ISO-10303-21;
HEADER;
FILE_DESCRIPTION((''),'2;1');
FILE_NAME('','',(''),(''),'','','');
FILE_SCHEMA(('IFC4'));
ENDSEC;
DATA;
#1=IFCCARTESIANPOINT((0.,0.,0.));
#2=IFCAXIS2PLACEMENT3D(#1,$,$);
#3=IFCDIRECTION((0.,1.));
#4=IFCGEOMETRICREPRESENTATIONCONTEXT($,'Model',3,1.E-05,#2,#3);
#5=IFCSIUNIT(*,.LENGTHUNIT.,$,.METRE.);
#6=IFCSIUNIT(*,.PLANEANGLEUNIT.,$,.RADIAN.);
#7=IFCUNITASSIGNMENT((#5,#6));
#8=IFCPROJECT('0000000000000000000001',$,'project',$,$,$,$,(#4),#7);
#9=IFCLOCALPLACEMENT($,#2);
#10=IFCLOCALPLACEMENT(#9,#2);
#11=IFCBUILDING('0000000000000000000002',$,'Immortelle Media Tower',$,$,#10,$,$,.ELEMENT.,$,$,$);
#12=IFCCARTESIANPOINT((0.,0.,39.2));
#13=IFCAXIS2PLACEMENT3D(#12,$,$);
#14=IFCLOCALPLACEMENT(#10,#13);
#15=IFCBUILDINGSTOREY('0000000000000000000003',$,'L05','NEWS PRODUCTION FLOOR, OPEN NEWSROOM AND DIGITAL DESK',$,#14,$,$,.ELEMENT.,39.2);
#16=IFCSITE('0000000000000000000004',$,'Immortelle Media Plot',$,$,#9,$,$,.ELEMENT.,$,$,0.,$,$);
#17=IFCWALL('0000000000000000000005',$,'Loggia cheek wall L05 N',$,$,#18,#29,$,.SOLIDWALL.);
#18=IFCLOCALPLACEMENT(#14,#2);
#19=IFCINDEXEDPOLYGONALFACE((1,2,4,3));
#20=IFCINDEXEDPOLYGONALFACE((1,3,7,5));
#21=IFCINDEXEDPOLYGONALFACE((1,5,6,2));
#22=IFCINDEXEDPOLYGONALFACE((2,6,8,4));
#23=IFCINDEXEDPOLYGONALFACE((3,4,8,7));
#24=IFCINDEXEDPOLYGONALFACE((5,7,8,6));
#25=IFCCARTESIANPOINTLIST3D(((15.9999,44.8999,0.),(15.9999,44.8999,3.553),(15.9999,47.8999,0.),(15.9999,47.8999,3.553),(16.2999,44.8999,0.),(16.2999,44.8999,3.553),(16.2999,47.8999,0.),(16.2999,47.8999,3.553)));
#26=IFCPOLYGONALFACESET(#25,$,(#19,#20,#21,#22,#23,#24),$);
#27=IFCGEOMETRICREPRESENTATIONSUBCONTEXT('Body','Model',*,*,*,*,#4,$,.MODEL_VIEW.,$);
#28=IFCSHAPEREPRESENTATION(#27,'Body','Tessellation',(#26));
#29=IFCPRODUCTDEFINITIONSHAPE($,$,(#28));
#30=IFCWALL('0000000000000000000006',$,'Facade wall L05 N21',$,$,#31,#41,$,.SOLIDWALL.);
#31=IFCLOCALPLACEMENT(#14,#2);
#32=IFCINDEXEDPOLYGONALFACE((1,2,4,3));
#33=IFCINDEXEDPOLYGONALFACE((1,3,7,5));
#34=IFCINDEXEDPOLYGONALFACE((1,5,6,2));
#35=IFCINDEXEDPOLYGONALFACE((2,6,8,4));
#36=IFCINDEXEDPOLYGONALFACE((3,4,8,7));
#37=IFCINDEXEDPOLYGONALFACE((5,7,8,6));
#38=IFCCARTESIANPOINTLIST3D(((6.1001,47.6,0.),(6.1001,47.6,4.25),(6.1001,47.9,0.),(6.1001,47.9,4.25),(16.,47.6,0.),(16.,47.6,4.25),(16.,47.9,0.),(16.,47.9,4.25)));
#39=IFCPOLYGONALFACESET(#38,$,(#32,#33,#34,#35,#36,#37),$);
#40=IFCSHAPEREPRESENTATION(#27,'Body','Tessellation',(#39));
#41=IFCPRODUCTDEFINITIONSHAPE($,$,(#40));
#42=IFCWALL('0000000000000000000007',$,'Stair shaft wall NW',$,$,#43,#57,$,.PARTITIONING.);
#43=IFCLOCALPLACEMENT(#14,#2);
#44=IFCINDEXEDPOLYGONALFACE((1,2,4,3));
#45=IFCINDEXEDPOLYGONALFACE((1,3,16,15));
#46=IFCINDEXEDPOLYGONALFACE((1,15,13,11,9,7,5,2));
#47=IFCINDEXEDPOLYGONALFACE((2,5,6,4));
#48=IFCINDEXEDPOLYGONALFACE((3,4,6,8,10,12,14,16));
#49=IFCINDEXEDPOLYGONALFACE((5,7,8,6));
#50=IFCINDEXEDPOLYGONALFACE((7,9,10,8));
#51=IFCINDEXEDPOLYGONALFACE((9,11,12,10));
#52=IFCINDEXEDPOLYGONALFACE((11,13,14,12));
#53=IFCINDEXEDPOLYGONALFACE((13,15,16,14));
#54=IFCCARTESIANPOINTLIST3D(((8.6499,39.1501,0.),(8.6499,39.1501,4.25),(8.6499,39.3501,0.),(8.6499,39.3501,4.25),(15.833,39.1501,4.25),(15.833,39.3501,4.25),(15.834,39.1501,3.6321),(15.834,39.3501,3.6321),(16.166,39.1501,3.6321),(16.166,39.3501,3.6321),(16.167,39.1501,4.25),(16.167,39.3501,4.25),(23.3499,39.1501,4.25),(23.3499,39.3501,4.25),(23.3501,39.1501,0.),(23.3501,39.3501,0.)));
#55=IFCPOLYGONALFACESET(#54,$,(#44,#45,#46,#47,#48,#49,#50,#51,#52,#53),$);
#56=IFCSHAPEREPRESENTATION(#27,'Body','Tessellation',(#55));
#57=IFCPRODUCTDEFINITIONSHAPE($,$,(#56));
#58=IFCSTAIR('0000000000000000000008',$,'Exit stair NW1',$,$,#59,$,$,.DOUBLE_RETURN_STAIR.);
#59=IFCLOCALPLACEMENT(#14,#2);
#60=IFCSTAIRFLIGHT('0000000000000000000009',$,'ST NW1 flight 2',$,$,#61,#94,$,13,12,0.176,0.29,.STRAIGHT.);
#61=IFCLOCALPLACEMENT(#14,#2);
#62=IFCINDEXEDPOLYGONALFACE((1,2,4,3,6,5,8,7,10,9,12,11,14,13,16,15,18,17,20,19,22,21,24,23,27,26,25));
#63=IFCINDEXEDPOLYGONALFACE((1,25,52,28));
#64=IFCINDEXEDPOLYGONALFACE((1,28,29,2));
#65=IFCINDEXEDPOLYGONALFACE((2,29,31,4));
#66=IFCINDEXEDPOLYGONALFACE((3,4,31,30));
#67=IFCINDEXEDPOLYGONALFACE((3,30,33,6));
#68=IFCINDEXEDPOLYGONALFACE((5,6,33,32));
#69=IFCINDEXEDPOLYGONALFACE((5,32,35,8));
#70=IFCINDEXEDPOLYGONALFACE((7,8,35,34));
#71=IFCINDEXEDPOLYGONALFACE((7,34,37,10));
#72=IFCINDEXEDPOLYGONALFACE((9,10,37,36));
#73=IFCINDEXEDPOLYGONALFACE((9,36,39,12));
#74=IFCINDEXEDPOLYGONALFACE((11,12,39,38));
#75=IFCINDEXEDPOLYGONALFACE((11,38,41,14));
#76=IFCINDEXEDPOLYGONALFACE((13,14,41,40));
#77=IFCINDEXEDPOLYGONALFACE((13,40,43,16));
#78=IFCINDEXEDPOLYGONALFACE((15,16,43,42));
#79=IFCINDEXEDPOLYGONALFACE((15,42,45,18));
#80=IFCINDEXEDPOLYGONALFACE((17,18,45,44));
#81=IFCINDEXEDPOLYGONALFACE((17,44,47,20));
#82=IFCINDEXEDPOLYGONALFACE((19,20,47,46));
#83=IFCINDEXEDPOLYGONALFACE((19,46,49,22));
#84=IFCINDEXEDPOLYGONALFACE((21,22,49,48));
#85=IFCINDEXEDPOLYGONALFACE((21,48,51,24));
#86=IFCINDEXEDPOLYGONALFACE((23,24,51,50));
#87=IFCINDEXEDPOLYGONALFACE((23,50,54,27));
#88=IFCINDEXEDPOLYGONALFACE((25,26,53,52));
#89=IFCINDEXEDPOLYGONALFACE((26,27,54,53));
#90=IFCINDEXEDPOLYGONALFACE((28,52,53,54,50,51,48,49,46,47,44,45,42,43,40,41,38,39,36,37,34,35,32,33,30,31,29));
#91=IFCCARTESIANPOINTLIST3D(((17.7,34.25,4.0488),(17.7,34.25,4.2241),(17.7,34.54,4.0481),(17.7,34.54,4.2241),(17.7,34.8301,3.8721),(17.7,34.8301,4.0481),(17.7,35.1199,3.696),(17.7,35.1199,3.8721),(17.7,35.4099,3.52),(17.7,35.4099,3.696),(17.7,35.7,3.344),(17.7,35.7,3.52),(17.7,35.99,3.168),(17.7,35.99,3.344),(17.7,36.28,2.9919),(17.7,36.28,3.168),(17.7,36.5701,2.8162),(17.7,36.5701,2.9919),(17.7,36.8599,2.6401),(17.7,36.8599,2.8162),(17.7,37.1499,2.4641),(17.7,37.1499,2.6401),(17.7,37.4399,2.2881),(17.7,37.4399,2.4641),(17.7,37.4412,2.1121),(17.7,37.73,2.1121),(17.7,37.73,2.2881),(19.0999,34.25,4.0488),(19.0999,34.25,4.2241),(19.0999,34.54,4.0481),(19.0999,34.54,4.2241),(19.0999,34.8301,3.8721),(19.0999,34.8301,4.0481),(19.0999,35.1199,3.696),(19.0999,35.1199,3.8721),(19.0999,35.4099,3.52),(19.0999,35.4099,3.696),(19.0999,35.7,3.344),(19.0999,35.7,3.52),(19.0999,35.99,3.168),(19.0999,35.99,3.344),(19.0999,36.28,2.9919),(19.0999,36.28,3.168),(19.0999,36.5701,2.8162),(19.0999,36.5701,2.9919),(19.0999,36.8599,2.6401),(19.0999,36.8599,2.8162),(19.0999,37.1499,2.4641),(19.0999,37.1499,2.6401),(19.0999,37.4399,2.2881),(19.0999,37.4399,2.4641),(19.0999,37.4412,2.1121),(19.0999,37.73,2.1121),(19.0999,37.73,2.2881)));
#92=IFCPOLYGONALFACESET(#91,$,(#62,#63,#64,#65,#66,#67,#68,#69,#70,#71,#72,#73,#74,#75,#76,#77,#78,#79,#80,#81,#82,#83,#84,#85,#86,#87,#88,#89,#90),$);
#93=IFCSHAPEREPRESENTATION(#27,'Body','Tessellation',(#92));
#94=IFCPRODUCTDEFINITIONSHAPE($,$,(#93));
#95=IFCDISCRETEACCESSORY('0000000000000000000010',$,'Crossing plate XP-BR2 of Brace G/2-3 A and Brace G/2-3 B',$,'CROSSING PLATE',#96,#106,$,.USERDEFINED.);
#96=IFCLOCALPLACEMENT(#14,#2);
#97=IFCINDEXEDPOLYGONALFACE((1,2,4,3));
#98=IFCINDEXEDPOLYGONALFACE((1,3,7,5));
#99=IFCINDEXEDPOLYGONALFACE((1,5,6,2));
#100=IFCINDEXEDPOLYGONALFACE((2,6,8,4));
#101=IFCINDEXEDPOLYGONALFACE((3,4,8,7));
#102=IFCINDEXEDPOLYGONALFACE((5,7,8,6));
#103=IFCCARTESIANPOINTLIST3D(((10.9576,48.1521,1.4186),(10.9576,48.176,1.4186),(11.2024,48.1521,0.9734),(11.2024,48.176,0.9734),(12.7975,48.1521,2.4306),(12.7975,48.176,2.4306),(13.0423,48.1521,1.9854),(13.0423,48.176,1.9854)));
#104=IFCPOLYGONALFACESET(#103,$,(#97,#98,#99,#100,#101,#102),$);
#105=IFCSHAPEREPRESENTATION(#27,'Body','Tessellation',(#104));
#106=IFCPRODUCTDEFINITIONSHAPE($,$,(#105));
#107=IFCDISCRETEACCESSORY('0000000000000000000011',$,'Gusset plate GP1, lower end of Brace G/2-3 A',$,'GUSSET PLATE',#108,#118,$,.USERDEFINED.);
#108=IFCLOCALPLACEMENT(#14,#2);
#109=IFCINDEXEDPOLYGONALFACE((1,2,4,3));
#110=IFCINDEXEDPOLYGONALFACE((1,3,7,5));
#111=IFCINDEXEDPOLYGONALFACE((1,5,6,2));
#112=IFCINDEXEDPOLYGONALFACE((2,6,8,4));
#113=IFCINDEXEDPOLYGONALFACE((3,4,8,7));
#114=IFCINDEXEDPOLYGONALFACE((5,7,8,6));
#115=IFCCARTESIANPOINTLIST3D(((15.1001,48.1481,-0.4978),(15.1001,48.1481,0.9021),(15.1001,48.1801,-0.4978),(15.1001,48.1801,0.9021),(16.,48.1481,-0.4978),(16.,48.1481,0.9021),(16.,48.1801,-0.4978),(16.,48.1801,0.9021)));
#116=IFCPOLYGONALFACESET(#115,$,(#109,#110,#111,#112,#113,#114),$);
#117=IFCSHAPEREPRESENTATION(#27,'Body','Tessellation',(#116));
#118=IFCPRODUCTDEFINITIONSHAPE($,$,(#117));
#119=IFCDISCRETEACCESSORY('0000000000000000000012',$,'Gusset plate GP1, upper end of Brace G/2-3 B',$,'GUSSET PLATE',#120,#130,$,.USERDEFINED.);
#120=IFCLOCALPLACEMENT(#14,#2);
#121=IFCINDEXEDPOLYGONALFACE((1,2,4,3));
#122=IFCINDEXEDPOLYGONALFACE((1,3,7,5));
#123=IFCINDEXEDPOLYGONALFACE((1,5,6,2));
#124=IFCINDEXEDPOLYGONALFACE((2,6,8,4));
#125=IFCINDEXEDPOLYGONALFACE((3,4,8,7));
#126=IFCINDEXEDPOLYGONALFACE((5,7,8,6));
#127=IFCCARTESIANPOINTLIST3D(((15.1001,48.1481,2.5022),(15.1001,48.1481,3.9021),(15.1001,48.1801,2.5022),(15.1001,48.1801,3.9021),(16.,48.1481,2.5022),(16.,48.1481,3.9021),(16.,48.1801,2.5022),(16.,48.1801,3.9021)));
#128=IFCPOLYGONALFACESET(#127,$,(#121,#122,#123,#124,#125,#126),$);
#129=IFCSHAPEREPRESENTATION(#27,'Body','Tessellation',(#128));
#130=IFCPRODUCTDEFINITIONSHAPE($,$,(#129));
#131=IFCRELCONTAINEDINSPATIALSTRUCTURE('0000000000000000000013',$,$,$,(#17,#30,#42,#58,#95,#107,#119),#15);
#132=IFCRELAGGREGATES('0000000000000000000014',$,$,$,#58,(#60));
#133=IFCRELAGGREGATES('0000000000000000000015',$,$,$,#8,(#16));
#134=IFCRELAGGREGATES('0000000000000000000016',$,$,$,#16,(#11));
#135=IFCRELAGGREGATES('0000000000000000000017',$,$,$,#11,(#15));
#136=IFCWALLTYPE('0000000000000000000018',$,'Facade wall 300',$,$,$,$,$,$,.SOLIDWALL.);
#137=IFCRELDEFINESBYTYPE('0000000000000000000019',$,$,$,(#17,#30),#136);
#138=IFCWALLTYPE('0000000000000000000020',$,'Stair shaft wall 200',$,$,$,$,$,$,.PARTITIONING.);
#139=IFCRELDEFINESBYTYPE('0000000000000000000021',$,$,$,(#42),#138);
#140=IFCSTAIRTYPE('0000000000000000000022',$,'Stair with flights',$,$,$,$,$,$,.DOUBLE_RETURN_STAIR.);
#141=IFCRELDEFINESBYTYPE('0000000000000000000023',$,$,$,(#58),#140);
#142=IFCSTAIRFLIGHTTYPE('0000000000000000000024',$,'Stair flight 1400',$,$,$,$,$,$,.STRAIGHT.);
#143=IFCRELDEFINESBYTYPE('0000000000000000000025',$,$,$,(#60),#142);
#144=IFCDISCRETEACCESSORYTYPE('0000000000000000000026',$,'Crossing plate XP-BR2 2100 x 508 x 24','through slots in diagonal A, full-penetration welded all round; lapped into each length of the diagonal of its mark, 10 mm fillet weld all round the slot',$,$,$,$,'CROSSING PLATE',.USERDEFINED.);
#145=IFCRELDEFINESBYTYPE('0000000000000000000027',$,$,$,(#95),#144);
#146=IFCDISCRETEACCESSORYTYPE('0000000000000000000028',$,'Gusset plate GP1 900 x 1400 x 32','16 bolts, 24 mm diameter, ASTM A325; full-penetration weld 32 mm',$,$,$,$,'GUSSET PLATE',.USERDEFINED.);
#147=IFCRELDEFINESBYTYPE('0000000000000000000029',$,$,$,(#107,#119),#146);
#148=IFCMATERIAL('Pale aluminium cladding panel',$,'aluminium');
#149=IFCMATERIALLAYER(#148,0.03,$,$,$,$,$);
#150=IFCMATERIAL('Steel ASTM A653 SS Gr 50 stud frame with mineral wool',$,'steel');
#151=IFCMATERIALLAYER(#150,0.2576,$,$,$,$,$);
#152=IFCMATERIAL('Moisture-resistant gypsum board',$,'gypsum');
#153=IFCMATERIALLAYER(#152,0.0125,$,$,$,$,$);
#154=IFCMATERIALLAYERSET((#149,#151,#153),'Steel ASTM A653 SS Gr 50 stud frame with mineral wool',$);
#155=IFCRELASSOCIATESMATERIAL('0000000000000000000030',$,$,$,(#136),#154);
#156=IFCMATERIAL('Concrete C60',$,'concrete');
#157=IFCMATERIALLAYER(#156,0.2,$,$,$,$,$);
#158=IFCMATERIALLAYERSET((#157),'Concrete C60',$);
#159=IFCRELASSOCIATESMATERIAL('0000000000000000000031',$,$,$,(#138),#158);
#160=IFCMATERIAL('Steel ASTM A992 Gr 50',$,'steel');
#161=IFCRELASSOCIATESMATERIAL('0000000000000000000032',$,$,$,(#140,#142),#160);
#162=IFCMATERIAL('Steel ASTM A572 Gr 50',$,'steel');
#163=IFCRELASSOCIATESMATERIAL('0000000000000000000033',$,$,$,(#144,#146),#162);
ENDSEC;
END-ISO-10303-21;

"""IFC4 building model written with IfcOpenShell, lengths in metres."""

from ifc_helpers import new_model, si_unit, direction, frame, frame_2d, origin, origin_2d, place, context, subcontext, project, spatial, polyline, rectangle, outline, extrude, material, layer, layer_set, material_profile, profile_set, type_object, element, aggregate, save


model = new_model("IFC4")

# Units and contexts
model_context = context("Model", 3, precision=1e-05, world=origin(), true_north=direction((0.0, 1.0)))
body_context = subcontext(model_context, "Body", "Model", "MODEL_VIEW")
ifc_project = project(units=[si_unit("LENGTHUNIT", "METRE"), si_unit("PLANEANGLEUNIT", "RADIAN")], contexts=[model_context])

# Site, building, storey
site_placement = place(None, origin())
site = spatial("IfcSite", under=ifc_project, at=site_placement, Name="Immortelle Media Plot", CompositionType="ELEMENT", RefElevation=0.0)
building_placement = place(site_placement, origin())
building = spatial("IfcBuilding", under=site, at=building_placement, Name="Immortelle Media Tower", CompositionType="ELEMENT")
storey_placement = place(building_placement, frame((0.0, 0.0, 39.2)))
storey = spatial("IfcBuildingStorey", under=building, at=storey_placement, Name="L05", Description="NEWS PRODUCTION FLOOR, OPEN NEWSROOM AND DIGITAL DESK", CompositionType="ELEMENT", Elevation=39.2)

# Shared definitions
ifc_material_1 = material(Name="Steel ASTM A992 Gr 50", Category="steel")

# Walls
ifc_material_2 = material(Name="Pale aluminium cladding panel", Category="aluminium")
ifc_layer_1 = layer(ifc_material_2, 0.03)
ifc_material_3 = material(Name="Steel ASTM A653 SS Gr 50 stud frame with mineral wool", Category="steel")
ifc_layer_2 = layer(ifc_material_3, 0.2576)
ifc_material_4 = material(Name="Moisture-resistant gypsum board", Category="gypsum")
ifc_layer_3 = layer(ifc_material_4, 0.0125)
ifc_layer_set_1 = layer_set([ifc_layer_1, ifc_layer_2, ifc_layer_3], Name="Steel ASTM A653 SS Gr 50 stud frame with mineral wool")
wall_type_1 = type_object("IfcWallType", Name="Facade wall 300", PredefinedType="SOLIDWALL", material=ifc_layer_set_1)
wall_1_placement = place(storey_placement, frame((16.1499, 47.8999, 0.0), z_axis=(0.0, 0.0, 1.0), x_axis=(0.0, -1.0, 0.0)))
element("IfcWall", 1, at=wall_1_placement, inside=storey, type_object=wall_type_1, Name="Loggia cheek wall L05 N", PredefinedType="SOLIDWALL", context=body_context, shape_type="SweptSolid", body=[
    extrude(rectangle(XDim=3.0, YDim=0.3, at=frame_2d((1.5, 0.0))), origin(), (0.0, 0.0, 1.0), 3.553),
])
wall_2_placement = place(storey_placement, frame((16.0, 47.75, 0.0), z_axis=(0.0, 0.0, 1.0), x_axis=(-1.0, 0.0, 0.0)))
element("IfcWall", 2, at=wall_2_placement, inside=storey, type_object=wall_type_1, Name="Facade wall L05 N21", PredefinedType="SOLIDWALL", context=body_context, shape_type="SweptSolid", body=[
    extrude(rectangle(XDim=9.8999, YDim=0.3, at=frame_2d((4.95, 0.0))), origin(), (0.0, 0.0, 1.0), 4.25),
])
ifc_material_5 = material(Name="Concrete C60", Category="concrete")
ifc_layer_4 = layer(ifc_material_5, 0.2)
ifc_layer_set_2 = layer_set([ifc_layer_4], Name="Concrete C60")
wall_type_2 = type_object("IfcWallType", Name="Stair shaft wall 200", PredefinedType="PARTITIONING", material=ifc_layer_set_2)
wall_3_placement = place(storey_placement, frame((8.6499, 39.25, 0.0), z_axis=(0.0, 0.0, 1.0), x_axis=(1.0, 0.0, 0.0)))
element("IfcWall", 3, at=wall_3_placement, inside=storey, type_object=wall_type_2, Name="Stair shaft wall NW", PredefinedType="PARTITIONING", context=body_context, shape_type="SweptSolid", body=[
    extrude(outline(polyline([(0.0, 0.0), (14.7002, 0.0), (14.7, 4.25), (7.5171, 4.25), (7.5161, 3.6321), (7.1841, 3.6321), (7.1831, 4.25), (0.0, 4.25), (0.0, 0.0)])), frame((0.0, 0.1001, 0.0), z_axis=(0.0, -1.0, 0.0), x_axis=(1.0, 0.0, 0.0)), (0.0, 0.0, 1.0), 0.2),
])

# Stair, stair flight
stair_type = type_object("IfcStairType", Name="Stair with flights", PredefinedType="DOUBLE_RETURN_STAIR", material=ifc_material_1)
stair_placement = place(storey_placement, origin())
stair = element("IfcStair", 4, at=stair_placement, inside=storey, type_object=stair_type, Name="Exit stair NW1", PredefinedType="DOUBLE_RETURN_STAIR")
stair_flight_type = type_object("IfcStairFlightType", Name="Stair flight 1400", PredefinedType="STRAIGHT", material=ifc_material_1)
stair_flight_placement = place(storey_placement, frame((18.3999, 37.73, 2.1121), z_axis=(0.0, 0.0, 1.0), x_axis=(0.0, -1.0, 0.0)))
stair_flight = element("IfcStairFlight", 5, at=stair_flight_placement, type_object=stair_flight_type, Name="ST NW1 flight 2", NumberOfRisers=13, NumberOfTreads=12, PredefinedType="STRAIGHT", RiserHeight=0.176, TreadLength=0.29, context=body_context, shape_type="SweptSolid", body=[
    extrude(outline(polyline([(0.0, 0.0), (0.0, 0.176), (0.29, 0.176), (0.29, 0.3521), (0.5801, 0.3521), (0.5801, 0.5281), (0.8701, 0.5281), (0.8701, 0.7041), (1.1599, 0.7041), (1.1599, 0.8799), (1.45, 0.8799), (1.45, 1.0559), (1.74, 1.0559), (1.74, 1.2319), (2.03, 1.2319), (2.03, 1.408), (2.3201, 1.408), (2.3201, 1.584), (2.6101, 1.584), (2.6101, 1.76), (2.8999, 1.76), (2.8999, 1.936), (3.1899, 1.936), (3.1899, 2.1121), (3.48, 2.1121), (3.48, 2.2881), (3.48, 1.9368), (0.2888, 0.0), (0.0, 0.0)])), frame((0.0, 0.7, 0.0), z_axis=(0.0, -1.0, 0.0), x_axis=(1.0, 0.0, 0.0)), (0.0, 0.0, 1.0), 1.3999),
])
aggregate(stair, [stair_flight])

# Discrete accessories
ifc_material_6 = material(Name="Steel ASTM A572 Gr 50", Category="steel")
ifc_material_profile_1 = material_profile(ifc_material_6, rectangle(XDim=0.0239, YDim=0.5081, at=origin_2d()), Name="PL 24 x 508")
ifc_profile_set_1 = profile_set([ifc_material_profile_1], Name="Steel ASTM A572 Gr 50")
discrete_accessory_type_1 = type_object("IfcDiscreteAccessoryType", Name="Crossing plate XP-BR2 2100 x 508 x 24", Description="through slots in diagonal A, full-penetration welded all round; lapped into each length of the diagonal of its mark, 10 mm fillet weld all round the slot", ElementType="CROSSING PLATE", PredefinedType="USERDEFINED", material=ifc_profile_set_1)
discrete_accessory_placement = place(storey_placement, frame((12.9199, 48.1641, 2.208), z_axis=(-0.876206, 0.0, -0.481937), x_axis=(0.0, -1.0, 0.0)))
element("IfcDiscreteAccessory", 6, at=discrete_accessory_placement, inside=storey, type_object=discrete_accessory_type_1, Name="Crossing plate XP-BR2 of Brace G/2-3 A and Brace G/2-3 B", ObjectType="CROSSING PLATE", PredefinedType="USERDEFINED", context=body_context, shape_type="SweptSolid", body=[
    extrude(rectangle(XDim=0.0239, YDim=0.5081, at=origin_2d()), origin(), (0.0, 0.0, 1.0), 2.0999),
])
ifc_material_profile_2 = material_profile(ifc_material_6, rectangle(XDim=0.032, YDim=1.3999, at=origin_2d()), Name="PL 32 x 1400")
ifc_profile_set_2 = profile_set([ifc_material_profile_2], Name="Steel ASTM A572 Gr 50")
discrete_accessory_type_2 = type_object("IfcDiscreteAccessoryType", Name="Gusset plate GP1 900 x 1400 x 32", Description="16 bolts, 24 mm diameter, ASTM A325; full-penetration weld 32 mm", ElementType="GUSSET PLATE", PredefinedType="USERDEFINED", material=ifc_profile_set_2)
for number, where, z_axis, x_axis, name in (
    (7, (16.0, 48.1641, 0.2021), (-1.0, 0.0, 0.0), (0.0, -1.0, 0.0), "Gusset plate GP1, lower end of Brace G/2-3 A"),
    (8, (16.0, 48.1641, 3.2021), (-1.0, 0.0, 0.0), (0.0, -1.0, 0.0), "Gusset plate GP1, upper end of Brace G/2-3 B"),
):
    element("IfcDiscreteAccessory", number, at=place(storey_placement, frame(where, z_axis=z_axis, x_axis=x_axis)), inside=storey, type_object=discrete_accessory_type_2, Name=name, ObjectType="GUSSET PLATE", PredefinedType="USERDEFINED", context=body_context, shape_type="SweptSolid", body=[
        extrude(rectangle(XDim=0.032, YDim=1.3999, at=origin_2d()), origin(), (0.0, 0.0, 1.0), 0.8999),
    ])

save(model, "model.ifc")
